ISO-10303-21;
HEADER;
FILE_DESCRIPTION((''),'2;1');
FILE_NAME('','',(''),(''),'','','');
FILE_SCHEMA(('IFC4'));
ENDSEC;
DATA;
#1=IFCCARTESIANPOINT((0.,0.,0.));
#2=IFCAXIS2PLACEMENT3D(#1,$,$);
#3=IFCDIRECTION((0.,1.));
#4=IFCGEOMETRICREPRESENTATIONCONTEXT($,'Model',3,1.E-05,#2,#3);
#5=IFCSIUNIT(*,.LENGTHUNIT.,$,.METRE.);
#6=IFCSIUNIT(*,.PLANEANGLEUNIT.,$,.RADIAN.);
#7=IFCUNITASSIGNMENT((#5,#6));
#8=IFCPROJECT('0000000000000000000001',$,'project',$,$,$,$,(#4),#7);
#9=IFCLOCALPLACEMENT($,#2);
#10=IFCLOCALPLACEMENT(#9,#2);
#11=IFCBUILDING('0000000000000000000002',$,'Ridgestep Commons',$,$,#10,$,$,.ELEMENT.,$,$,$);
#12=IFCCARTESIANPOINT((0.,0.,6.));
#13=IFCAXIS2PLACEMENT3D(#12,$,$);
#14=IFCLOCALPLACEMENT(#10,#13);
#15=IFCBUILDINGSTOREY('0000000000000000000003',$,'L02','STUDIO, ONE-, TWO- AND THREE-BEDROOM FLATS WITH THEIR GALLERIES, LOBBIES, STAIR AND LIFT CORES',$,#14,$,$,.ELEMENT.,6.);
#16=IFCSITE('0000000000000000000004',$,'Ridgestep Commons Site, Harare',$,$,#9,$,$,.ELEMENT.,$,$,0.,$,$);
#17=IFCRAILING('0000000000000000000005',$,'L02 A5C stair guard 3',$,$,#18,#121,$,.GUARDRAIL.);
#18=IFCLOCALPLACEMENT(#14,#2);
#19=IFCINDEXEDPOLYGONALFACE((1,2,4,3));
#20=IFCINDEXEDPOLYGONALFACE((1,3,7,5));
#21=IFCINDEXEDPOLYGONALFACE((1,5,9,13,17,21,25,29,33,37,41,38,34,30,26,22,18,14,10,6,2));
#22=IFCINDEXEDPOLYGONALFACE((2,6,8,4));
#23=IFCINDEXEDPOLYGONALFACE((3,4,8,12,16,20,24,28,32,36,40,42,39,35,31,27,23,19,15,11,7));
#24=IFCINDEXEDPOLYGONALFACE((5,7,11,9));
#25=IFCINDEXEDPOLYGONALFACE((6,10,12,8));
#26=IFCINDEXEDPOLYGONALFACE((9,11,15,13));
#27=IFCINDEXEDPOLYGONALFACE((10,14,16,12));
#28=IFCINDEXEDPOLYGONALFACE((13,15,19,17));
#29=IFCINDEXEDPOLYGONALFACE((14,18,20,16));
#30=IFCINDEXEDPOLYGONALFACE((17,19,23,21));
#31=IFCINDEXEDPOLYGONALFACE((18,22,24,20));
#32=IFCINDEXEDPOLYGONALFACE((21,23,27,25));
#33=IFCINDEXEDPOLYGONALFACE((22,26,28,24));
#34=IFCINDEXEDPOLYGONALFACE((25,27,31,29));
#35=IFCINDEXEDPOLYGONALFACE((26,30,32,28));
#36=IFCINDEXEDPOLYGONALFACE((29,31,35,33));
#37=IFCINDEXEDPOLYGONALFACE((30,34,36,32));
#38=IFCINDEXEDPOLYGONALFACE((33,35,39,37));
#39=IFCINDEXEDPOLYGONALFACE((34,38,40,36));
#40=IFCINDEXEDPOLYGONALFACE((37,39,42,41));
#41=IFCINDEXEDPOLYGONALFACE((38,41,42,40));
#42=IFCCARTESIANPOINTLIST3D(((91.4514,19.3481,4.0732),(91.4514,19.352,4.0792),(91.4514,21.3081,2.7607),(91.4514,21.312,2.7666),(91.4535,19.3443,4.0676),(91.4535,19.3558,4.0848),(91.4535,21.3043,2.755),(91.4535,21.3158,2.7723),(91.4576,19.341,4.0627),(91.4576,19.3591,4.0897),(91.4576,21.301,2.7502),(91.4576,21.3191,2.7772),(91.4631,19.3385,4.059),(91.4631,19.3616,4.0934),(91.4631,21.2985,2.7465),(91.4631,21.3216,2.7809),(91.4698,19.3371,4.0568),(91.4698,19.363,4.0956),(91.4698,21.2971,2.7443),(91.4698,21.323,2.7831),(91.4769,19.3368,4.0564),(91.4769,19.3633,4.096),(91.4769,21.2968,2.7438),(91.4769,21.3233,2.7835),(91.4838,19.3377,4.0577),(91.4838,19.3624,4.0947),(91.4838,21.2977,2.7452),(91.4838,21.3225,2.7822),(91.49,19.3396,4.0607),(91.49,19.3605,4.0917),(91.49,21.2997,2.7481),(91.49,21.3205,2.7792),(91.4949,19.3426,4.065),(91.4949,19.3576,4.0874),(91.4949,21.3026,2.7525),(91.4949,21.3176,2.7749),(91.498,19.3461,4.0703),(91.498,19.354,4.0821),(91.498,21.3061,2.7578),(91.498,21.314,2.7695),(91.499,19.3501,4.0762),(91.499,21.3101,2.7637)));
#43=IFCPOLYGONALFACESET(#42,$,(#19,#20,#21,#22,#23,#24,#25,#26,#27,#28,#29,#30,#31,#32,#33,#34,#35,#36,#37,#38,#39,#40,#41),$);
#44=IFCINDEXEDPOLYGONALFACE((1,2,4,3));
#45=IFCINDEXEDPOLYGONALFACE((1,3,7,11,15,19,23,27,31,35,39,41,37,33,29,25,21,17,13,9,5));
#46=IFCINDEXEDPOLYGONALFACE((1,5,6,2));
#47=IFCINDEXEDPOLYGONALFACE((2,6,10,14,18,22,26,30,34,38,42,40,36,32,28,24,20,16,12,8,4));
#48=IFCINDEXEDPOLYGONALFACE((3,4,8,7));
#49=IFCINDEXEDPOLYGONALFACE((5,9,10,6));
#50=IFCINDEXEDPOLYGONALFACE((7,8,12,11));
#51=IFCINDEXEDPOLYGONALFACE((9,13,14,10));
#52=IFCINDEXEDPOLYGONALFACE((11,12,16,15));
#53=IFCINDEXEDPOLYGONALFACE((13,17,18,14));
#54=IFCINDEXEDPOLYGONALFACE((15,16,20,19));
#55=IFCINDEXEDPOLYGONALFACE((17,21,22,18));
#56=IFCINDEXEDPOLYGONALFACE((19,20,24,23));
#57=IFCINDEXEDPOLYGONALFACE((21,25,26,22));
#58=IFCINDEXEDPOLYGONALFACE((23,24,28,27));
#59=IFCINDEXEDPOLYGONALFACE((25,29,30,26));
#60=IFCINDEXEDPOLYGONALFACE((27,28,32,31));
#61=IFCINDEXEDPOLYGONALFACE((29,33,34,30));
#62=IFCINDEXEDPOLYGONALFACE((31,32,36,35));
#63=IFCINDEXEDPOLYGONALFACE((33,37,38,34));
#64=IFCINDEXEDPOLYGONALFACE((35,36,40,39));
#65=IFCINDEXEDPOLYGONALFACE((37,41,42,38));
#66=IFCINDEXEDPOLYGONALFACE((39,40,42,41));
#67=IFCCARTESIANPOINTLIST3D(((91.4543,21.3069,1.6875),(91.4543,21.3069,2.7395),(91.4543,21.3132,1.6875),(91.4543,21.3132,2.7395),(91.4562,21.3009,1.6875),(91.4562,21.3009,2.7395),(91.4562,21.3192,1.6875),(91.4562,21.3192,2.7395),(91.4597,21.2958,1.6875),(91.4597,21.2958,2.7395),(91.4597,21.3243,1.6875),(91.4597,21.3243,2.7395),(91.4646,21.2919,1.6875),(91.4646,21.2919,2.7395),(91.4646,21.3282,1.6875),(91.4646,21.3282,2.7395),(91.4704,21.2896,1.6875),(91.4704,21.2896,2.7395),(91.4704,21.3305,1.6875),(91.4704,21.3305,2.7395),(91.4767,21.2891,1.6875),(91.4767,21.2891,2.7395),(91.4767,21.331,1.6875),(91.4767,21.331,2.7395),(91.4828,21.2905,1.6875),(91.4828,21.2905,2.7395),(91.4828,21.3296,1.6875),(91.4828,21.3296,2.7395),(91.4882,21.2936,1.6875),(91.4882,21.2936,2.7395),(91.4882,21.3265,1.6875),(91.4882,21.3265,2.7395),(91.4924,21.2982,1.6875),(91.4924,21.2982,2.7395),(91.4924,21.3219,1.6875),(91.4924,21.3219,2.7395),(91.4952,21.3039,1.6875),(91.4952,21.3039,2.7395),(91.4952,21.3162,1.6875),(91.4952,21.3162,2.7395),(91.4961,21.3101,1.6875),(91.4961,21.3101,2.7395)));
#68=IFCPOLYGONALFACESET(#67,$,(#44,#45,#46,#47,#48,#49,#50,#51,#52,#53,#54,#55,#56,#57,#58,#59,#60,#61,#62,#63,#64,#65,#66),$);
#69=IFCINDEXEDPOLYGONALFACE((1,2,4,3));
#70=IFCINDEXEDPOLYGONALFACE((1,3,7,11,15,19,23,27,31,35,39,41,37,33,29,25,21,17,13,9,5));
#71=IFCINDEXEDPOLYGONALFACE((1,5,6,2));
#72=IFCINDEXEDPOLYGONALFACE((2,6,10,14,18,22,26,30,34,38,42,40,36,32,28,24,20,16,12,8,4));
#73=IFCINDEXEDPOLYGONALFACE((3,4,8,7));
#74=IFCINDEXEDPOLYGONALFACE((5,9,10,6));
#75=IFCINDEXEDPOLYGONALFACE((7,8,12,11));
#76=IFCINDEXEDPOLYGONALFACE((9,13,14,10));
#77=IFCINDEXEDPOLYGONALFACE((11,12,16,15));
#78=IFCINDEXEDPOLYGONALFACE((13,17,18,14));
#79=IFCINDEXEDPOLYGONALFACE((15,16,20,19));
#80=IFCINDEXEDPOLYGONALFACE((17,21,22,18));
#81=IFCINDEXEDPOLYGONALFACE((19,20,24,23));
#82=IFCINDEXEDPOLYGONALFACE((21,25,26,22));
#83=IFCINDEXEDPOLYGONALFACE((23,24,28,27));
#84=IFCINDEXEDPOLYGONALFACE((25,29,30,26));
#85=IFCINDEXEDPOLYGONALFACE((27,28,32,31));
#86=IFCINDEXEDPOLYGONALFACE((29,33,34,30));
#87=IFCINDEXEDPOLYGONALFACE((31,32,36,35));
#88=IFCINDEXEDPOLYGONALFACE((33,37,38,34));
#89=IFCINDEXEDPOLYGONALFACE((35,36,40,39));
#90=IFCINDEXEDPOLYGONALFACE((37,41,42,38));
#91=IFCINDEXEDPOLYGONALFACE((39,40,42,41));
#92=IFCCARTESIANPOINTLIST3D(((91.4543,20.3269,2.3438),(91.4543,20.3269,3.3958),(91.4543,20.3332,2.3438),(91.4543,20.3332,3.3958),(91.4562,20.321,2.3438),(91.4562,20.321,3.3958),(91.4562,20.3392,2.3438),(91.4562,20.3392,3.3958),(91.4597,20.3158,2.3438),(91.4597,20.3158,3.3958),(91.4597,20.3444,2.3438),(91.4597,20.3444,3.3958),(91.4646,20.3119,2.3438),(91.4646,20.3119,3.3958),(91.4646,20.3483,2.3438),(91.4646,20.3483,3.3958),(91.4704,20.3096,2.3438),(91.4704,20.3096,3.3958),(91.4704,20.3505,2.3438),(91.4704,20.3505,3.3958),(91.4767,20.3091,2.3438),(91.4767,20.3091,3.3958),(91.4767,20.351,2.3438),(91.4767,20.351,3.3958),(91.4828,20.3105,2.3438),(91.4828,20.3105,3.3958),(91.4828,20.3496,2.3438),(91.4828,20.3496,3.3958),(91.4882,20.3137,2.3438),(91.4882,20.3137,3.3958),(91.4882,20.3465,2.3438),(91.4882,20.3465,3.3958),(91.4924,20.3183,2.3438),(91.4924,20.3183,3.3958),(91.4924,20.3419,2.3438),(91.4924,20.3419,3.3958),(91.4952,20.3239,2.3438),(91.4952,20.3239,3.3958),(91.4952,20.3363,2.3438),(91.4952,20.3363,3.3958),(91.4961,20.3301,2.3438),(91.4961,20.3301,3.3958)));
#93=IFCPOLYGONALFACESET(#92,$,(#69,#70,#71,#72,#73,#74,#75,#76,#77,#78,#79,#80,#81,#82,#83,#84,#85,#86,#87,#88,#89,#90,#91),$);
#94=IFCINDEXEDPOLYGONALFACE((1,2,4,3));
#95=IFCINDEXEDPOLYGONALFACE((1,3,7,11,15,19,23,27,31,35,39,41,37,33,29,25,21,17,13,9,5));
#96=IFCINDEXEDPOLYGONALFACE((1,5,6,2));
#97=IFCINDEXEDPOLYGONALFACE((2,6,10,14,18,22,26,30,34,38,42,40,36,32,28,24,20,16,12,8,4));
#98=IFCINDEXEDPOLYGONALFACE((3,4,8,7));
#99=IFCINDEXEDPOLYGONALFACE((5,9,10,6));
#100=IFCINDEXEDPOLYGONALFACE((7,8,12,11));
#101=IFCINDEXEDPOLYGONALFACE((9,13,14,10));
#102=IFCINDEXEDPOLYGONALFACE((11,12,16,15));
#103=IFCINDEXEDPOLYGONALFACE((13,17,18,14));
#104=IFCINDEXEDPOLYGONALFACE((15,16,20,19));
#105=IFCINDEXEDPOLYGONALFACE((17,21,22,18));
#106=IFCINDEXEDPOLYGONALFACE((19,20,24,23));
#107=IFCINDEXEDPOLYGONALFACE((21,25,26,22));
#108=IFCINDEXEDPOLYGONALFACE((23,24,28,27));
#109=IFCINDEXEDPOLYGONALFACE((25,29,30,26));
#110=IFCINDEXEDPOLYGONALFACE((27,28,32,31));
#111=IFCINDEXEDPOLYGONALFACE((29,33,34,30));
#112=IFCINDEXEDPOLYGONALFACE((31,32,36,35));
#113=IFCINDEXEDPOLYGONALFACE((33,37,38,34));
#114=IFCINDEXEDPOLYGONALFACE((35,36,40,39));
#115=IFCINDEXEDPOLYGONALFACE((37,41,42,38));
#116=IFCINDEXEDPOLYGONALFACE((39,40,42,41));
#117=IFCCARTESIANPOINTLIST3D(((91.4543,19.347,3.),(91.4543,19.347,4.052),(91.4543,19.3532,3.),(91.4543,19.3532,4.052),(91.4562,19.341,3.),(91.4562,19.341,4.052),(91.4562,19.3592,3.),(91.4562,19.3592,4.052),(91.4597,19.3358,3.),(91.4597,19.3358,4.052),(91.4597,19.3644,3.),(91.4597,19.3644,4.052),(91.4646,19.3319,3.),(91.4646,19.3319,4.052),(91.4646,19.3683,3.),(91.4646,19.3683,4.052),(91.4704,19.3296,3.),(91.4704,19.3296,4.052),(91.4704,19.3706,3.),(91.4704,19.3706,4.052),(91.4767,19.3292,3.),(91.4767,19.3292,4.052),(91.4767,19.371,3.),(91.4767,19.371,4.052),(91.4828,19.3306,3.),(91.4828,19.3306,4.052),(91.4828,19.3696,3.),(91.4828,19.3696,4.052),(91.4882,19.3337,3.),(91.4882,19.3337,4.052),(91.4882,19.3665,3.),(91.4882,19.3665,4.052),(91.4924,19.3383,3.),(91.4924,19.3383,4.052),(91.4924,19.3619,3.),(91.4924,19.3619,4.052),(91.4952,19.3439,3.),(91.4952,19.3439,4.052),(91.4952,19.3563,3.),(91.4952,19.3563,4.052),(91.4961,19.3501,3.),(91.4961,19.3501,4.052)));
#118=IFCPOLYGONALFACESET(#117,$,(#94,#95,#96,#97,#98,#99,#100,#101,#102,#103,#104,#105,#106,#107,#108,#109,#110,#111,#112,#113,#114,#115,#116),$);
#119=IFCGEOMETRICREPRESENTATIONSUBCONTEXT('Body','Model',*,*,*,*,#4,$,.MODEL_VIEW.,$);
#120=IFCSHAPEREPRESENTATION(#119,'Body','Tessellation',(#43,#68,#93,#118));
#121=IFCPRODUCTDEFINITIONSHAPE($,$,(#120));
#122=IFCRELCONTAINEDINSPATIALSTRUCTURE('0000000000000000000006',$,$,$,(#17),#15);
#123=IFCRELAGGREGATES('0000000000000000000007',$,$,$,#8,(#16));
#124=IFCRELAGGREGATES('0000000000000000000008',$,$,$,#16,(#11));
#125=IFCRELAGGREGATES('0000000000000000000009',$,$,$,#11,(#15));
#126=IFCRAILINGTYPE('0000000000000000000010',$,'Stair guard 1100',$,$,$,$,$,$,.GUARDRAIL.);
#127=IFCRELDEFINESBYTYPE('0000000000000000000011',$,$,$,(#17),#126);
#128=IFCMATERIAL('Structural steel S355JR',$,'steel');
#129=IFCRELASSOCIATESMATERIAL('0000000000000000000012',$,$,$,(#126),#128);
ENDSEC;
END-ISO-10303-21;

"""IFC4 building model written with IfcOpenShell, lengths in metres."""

from ifc_helpers import new_model, si_unit, direction, frame, origin, origin_2d, place, context, subcontext, project, spatial, circle, extrude, material, type_object, element, save


model = new_model("IFC4")

# Units and contexts
model_context = context("Model", 3, precision=1e-05, world=origin(), true_north=direction((0.0, 1.0)))
body_context = subcontext(model_context, "Body", "Model", "MODEL_VIEW")
ifc_project = project(units=[si_unit("LENGTHUNIT", "METRE"), si_unit("PLANEANGLEUNIT", "RADIAN")], contexts=[model_context])

# Site, building, storey
site_placement = place(None, origin())
site = spatial("IfcSite", under=ifc_project, at=site_placement, Name="Ridgestep Commons Site, Harare", CompositionType="ELEMENT", RefElevation=0.0)
building_placement = place(site_placement, origin())
building = spatial("IfcBuilding", under=site, at=building_placement, Name="Ridgestep Commons", CompositionType="ELEMENT")
storey_placement = place(building_placement, frame((0.0, 0.0, 6.0)))
storey = spatial("IfcBuildingStorey", under=building, at=storey_placement, Name="L02", Description="STUDIO, ONE-, TWO- AND THREE-BEDROOM FLATS WITH THEIR GALLERIES, LOBBIES, STAIR AND LIFT CORES", CompositionType="ELEMENT", Elevation=6.0)

# Railing
ifc_material_1 = material(Name="Structural steel S355JR", Category="steel")
railing_type_1 = type_object("IfcRailingType", Name="Stair guard 1100", PredefinedType="GUARDRAIL", material=ifc_material_1)
railing_1_placement = place(storey_placement, frame((91.4751, 21.3101, 1.6875)))
element("IfcRailing", 1, at=railing_1_placement, inside=storey, type_object=railing_type_1, Name="L02 A5C stair guard 3", PredefinedType="GUARDRAIL", context=body_context, shape_type="SweptSolid", body=[
    extrude(circle(Radius=0.0239, at=origin_2d()), frame((0.0, 0.0, 1.0762), z_axis=(0.0, -0.830902, 0.556419), x_axis=(1.0, 0.0, 0.0)), (0.0, 0.0, 1.0), 2.3589),
    extrude(circle(Radius=0.021, at=origin_2d()), origin(), (0.0, 0.0, 1.0), 1.052),
    extrude(circle(Radius=0.021, at=origin_2d()), frame((0.0, -0.98, 0.6562)), (0.0, 0.0, 1.0), 1.052),
    extrude(circle(Radius=0.021, at=origin_2d()), frame((0.0, -1.96, 1.3125)), (0.0, 0.0, 1.0), 1.052),
])

save(model, "model.ifc")
